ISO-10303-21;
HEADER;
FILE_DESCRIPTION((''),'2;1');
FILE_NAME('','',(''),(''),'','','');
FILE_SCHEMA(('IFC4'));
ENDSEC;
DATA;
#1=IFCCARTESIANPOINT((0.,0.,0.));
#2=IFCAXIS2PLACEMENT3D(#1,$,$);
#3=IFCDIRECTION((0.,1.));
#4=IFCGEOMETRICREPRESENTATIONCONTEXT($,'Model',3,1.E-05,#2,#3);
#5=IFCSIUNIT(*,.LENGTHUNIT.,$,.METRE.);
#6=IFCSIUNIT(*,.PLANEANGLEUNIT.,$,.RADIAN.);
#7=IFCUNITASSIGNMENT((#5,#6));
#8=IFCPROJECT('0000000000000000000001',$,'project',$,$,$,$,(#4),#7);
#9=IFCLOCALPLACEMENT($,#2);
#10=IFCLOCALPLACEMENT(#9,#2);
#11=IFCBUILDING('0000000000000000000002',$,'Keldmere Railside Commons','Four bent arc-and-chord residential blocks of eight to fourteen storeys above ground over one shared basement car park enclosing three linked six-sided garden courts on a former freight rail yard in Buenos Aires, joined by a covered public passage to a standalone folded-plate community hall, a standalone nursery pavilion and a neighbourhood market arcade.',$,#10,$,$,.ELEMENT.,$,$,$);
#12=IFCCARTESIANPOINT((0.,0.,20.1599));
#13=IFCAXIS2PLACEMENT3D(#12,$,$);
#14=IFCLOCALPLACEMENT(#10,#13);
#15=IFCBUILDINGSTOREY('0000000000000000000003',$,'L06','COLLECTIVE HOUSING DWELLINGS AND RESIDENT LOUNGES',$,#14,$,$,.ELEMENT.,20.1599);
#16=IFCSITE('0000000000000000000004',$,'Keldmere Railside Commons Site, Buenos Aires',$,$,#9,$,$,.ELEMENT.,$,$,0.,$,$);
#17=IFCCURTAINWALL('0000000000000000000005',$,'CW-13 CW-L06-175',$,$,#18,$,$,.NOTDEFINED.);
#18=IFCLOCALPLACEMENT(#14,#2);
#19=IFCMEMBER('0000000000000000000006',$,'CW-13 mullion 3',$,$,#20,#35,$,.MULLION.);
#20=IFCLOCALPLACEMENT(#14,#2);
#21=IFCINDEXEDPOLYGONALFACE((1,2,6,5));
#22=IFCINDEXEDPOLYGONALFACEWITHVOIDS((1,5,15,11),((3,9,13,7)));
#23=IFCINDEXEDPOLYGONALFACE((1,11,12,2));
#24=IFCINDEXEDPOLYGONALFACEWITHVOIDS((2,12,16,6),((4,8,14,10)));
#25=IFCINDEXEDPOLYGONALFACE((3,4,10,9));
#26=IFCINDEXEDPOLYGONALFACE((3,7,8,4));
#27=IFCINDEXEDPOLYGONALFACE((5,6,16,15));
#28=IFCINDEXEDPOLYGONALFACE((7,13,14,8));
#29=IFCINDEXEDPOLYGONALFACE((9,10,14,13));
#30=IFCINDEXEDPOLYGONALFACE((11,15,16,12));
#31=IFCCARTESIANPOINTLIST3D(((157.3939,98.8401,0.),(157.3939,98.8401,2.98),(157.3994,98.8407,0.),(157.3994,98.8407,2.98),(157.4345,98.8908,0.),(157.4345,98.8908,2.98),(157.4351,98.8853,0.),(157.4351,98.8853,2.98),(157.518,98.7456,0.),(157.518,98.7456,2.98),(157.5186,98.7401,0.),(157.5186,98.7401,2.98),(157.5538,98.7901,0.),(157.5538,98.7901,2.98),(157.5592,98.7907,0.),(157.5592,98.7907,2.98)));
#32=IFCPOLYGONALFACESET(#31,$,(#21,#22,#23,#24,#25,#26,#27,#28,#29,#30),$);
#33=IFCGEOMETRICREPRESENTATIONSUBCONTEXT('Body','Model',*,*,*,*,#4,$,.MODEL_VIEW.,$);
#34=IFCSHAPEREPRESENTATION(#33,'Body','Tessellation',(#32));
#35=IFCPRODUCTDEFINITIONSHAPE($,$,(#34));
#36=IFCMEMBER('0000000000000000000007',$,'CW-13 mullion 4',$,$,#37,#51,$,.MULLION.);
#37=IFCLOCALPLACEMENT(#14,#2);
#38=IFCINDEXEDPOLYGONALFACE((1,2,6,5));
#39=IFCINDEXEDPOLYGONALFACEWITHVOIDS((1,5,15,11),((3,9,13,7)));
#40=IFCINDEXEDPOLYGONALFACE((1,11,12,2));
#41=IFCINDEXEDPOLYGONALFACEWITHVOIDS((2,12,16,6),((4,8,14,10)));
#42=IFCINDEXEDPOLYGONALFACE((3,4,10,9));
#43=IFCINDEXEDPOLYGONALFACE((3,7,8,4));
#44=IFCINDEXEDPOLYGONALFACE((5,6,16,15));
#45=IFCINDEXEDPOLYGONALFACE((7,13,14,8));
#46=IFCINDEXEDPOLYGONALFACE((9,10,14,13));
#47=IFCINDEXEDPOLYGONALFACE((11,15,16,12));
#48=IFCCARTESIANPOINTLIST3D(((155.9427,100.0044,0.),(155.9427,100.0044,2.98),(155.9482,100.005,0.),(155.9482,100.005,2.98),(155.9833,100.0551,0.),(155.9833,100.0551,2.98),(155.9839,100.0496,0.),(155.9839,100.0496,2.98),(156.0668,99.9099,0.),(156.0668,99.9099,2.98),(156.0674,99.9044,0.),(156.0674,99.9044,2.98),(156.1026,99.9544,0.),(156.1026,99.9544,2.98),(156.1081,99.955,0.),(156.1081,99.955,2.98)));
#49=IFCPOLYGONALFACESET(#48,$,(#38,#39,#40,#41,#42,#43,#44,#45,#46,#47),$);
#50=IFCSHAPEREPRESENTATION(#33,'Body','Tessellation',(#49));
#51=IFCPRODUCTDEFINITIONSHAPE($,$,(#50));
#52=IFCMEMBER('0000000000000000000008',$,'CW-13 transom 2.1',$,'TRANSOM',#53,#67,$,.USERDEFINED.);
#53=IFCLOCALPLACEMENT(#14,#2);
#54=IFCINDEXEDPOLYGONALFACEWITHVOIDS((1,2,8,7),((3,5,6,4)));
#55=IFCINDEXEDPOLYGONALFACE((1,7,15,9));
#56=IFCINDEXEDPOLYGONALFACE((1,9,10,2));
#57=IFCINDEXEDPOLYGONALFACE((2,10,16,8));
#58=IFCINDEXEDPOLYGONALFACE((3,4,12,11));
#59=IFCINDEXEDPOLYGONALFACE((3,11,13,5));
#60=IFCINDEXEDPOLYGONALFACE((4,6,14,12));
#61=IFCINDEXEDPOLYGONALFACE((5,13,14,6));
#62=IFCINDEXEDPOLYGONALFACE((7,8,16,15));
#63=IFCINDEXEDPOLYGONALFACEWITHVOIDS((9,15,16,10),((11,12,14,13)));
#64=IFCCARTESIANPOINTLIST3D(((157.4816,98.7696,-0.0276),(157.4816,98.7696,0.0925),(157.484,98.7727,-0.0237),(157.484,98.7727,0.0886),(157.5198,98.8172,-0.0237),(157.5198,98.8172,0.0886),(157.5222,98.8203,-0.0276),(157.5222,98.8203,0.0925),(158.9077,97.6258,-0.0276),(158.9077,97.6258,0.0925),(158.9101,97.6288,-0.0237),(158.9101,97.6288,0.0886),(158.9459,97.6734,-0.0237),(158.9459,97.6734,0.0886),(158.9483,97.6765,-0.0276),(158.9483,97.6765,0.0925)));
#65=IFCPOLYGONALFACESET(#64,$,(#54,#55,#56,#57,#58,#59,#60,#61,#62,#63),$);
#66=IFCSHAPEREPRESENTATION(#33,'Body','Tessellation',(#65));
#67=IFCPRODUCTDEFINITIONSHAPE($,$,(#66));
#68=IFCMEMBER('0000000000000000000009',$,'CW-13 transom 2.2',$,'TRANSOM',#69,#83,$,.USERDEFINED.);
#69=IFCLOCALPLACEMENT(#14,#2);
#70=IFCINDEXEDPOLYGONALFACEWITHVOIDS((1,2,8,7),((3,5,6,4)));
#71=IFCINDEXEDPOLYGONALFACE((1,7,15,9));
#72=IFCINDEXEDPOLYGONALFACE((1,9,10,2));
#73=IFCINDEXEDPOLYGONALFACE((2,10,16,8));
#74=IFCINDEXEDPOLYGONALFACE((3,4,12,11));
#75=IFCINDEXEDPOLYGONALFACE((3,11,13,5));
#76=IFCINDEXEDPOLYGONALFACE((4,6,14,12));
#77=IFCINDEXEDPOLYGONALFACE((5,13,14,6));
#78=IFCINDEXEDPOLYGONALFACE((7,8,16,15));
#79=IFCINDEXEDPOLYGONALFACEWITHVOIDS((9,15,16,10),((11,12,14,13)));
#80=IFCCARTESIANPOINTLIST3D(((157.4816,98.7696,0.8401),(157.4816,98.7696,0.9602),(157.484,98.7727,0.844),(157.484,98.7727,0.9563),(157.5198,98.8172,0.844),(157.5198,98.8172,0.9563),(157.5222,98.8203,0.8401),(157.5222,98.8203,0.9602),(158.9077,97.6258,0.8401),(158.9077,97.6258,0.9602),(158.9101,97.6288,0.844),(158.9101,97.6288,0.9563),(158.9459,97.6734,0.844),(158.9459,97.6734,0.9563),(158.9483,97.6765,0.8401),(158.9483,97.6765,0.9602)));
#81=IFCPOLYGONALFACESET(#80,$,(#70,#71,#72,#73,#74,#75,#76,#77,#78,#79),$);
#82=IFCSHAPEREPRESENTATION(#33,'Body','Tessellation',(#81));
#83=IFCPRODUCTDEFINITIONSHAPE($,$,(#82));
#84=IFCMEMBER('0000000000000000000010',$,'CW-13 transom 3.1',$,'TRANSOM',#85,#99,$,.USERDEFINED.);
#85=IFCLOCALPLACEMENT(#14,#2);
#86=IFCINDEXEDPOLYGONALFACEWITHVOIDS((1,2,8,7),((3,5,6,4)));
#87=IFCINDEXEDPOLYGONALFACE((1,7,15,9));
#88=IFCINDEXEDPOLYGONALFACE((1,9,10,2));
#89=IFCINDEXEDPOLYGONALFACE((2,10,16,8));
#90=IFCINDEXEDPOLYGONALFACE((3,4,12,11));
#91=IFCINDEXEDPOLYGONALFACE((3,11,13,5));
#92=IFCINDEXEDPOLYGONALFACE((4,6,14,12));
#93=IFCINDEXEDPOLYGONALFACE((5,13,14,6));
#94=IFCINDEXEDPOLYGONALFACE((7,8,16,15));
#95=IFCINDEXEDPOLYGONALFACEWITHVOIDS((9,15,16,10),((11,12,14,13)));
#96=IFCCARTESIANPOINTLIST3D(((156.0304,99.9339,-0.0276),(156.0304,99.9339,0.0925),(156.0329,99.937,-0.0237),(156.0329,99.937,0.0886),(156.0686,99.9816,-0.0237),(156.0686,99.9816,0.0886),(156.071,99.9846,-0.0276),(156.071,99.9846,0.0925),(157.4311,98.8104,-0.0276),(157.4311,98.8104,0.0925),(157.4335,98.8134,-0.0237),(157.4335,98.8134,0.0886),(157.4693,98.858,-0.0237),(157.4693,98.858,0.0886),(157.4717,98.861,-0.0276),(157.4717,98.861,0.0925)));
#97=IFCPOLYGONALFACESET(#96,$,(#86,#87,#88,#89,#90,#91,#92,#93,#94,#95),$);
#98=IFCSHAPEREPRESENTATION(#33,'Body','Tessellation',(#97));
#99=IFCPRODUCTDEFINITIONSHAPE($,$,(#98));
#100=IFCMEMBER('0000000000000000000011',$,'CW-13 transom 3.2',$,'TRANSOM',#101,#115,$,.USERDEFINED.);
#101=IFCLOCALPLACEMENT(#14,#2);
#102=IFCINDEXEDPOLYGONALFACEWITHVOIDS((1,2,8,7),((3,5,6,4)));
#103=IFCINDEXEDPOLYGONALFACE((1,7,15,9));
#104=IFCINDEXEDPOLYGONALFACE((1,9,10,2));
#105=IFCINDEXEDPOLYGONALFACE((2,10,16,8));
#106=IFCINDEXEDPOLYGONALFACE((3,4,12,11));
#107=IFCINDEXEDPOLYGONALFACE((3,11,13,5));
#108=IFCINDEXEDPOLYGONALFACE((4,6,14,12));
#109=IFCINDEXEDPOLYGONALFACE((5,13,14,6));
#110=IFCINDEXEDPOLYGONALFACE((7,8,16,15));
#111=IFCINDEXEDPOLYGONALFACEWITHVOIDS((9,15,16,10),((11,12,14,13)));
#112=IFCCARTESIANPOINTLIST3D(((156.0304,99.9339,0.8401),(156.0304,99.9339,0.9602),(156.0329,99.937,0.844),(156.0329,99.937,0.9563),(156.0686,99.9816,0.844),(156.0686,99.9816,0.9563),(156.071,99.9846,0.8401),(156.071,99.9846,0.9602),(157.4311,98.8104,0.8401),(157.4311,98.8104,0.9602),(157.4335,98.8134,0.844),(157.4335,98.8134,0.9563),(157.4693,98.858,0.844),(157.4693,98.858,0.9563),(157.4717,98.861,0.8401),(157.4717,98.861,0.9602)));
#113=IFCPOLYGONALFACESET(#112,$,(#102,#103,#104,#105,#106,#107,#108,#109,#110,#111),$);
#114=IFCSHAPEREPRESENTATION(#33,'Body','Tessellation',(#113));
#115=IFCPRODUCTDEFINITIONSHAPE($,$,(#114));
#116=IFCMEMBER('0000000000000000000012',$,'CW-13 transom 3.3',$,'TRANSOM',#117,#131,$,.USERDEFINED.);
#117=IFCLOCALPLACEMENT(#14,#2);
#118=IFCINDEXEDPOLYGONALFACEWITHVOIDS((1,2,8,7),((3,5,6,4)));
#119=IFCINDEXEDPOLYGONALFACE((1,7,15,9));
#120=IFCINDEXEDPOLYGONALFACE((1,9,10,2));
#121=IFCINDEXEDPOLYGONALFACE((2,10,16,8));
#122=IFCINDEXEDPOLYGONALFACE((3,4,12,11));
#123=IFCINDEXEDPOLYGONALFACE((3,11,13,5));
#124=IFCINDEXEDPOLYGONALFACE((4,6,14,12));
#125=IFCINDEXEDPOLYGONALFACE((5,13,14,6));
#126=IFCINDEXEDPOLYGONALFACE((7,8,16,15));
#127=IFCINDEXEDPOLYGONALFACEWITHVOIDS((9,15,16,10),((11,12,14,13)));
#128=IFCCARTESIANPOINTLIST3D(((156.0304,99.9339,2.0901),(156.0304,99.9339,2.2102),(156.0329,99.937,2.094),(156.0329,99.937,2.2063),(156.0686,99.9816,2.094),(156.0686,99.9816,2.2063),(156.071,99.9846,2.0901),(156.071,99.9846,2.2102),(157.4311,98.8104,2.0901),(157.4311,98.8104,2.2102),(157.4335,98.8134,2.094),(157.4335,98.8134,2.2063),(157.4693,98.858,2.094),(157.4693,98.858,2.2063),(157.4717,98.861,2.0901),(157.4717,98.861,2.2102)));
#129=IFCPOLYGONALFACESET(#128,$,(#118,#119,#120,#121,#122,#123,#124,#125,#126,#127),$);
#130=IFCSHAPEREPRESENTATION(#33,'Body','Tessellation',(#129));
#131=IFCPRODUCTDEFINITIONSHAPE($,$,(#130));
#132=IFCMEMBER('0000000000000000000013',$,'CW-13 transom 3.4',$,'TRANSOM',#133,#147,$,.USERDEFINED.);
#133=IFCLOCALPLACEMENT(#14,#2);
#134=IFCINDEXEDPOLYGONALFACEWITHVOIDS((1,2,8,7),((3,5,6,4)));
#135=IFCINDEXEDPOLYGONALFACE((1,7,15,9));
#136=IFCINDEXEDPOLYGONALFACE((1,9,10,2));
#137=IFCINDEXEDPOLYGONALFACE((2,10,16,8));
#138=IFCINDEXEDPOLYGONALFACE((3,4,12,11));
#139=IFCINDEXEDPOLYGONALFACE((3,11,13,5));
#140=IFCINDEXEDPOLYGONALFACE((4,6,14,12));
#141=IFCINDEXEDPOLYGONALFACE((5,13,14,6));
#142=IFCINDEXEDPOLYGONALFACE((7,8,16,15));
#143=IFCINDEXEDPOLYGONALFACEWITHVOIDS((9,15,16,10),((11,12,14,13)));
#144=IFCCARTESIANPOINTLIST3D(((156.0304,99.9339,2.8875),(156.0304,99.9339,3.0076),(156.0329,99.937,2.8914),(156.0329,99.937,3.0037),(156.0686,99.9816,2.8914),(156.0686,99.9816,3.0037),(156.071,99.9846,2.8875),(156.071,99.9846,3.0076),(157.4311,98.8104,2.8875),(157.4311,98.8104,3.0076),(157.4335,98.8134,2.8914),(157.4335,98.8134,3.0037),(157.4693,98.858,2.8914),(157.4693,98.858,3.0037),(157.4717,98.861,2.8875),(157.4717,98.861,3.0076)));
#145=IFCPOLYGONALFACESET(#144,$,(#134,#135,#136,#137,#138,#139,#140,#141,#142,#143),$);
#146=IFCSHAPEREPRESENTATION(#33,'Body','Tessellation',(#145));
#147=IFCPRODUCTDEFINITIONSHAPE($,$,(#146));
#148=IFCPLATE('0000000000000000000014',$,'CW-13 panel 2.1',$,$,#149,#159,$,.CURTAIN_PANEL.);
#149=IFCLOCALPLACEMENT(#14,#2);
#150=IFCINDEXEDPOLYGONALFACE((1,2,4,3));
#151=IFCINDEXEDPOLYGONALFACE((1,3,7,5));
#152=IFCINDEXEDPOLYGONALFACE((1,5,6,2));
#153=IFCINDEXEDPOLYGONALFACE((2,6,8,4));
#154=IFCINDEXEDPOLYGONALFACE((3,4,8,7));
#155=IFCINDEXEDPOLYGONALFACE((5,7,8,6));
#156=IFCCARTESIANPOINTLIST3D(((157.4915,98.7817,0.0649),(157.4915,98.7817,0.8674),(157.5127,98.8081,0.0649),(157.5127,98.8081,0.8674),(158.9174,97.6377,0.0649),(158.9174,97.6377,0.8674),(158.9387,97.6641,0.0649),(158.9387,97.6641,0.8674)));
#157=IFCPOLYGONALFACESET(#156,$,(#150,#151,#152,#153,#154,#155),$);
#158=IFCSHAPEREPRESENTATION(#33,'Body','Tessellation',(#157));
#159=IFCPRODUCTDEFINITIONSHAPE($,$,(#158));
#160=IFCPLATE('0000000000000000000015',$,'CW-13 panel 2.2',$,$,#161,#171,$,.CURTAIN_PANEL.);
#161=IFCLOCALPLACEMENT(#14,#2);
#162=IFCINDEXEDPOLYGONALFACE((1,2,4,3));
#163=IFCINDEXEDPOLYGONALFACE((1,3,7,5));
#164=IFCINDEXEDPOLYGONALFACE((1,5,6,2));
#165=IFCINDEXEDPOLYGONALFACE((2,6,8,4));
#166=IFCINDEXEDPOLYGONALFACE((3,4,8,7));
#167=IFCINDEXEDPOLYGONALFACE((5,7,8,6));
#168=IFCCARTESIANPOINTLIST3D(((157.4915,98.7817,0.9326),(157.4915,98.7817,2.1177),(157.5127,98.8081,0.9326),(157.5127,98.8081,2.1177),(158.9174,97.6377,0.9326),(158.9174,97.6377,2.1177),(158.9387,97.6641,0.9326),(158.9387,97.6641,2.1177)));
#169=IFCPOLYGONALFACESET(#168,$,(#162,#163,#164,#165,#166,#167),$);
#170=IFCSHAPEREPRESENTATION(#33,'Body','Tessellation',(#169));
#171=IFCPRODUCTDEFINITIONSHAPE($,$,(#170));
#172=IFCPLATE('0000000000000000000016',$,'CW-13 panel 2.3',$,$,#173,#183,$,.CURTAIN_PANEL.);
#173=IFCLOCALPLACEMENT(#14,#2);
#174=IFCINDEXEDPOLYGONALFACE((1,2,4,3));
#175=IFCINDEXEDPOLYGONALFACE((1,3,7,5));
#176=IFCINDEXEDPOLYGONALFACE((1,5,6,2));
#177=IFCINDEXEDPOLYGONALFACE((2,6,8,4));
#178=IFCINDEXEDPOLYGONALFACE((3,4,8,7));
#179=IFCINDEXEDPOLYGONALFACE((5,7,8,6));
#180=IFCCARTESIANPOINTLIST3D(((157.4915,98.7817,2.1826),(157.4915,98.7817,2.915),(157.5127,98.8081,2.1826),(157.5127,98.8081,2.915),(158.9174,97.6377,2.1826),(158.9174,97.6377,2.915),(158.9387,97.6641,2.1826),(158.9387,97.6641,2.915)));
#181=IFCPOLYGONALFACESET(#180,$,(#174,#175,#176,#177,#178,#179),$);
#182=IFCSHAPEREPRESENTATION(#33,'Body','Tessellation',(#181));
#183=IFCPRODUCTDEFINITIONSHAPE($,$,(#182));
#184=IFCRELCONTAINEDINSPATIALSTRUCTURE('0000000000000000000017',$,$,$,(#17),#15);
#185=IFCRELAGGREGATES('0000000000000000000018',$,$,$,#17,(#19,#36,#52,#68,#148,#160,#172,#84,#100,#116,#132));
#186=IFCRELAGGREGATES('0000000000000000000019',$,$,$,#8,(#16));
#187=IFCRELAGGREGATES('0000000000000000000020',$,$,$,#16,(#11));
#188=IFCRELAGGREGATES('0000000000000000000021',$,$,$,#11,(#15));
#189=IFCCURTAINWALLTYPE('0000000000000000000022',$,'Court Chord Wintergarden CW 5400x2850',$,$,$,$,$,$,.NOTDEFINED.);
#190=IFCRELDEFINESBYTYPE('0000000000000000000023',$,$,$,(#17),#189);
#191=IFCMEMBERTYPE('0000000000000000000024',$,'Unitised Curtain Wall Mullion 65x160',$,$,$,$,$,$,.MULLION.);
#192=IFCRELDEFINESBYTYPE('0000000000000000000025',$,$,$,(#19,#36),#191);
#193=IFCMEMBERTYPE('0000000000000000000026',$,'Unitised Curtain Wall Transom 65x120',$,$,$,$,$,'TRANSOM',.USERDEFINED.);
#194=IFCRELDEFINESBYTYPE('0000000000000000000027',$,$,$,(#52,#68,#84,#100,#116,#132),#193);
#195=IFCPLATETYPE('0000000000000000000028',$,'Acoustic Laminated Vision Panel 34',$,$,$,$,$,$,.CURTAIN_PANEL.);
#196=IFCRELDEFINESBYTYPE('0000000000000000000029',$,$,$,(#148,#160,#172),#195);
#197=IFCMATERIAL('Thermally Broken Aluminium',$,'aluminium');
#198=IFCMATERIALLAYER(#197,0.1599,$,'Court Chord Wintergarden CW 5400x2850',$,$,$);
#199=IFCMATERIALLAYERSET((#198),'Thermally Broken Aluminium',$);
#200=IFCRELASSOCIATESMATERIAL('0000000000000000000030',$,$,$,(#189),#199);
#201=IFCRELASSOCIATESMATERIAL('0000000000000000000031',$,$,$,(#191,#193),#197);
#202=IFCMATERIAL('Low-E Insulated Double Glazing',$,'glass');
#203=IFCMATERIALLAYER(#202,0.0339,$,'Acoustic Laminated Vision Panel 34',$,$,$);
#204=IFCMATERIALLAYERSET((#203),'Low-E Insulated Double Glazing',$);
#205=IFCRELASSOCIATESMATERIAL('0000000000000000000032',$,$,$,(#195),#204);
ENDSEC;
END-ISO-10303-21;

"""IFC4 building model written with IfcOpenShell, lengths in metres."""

from ifc_helpers import new_model, si_unit, direction, frame, origin, origin_2d, place, context, subcontext, project, spatial, rectangle, hollow_rectangle, extrude, material, layer, layer_set, material_profile, profile_set, type_object, element, aggregate, save


model = new_model("IFC4")

# Units and contexts
model_context = context("Model", 3, precision=1e-05, world=origin(), true_north=direction((0.0, 1.0)))
body_context = subcontext(model_context, "Body", "Model", "MODEL_VIEW")
ifc_project = project(units=[si_unit("LENGTHUNIT", "METRE"), si_unit("PLANEANGLEUNIT", "RADIAN")], contexts=[model_context])

# Site, building, storey
site_placement = place(None, origin())
site = spatial("IfcSite", under=ifc_project, at=site_placement, Name="Keldmere Railside Commons Site, Buenos Aires", CompositionType="ELEMENT", RefElevation=0.0)
building_placement = place(site_placement, origin())
building = spatial("IfcBuilding", under=site, at=building_placement, Name="Keldmere Railside Commons", Description="Four bent arc-and-chord residential blocks of eight to fourteen storeys above ground over one shared basement car park enclosing three linked six-sided garden courts on a former freight rail yard in Buenos Aires, joined by a covered public passage to a standalone folded-plate community hall, a standalone nursery pavilion and a neighbourhood market arcade.", CompositionType="ELEMENT")
storey_placement = place(building_placement, frame((0.0, 0.0, 20.1599)))
storey = spatial("IfcBuildingStorey", under=building, at=storey_placement, Name="L06", Description="COLLECTIVE HOUSING DWELLINGS AND RESIDENT LOUNGES", CompositionType="ELEMENT", Elevation=20.1599)

# Curtain wall, members, plates
ifc_material_1 = material(Name="Thermally Broken Aluminium", Category="aluminium")
ifc_layer_1 = layer(ifc_material_1, 0.1599, Name="Court Chord Wintergarden CW 5400x2850")
ifc_layer_set_1 = layer_set([ifc_layer_1], Name="Thermally Broken Aluminium")
curtain_wall_type = type_object("IfcCurtainWallType", Name="Court Chord Wintergarden CW 5400x2850", PredefinedType="NOTDEFINED", material=ifc_layer_set_1)
curtain_wall_placement = place(storey_placement, origin())
curtain_wall = element("IfcCurtainWall", 1, at=curtain_wall_placement, inside=storey, type_object=curtain_wall_type, Name="CW-13 CW-L06-175", PredefinedType="NOTDEFINED")
ifc_material_profile_1 = material_profile(ifc_material_1, hollow_rectangle(XDim=0.0649, YDim=0.1599, WallThickness=0.0039, at=origin_2d()), Name="ALU-MULL-65x160")
ifc_profile_set_1 = profile_set([ifc_material_profile_1], Name="Thermally Broken Aluminium")
member_type_1 = type_object("IfcMemberType", Name="Unitised Curtain Wall Mullion 65x160", PredefinedType="MULLION", material=ifc_profile_set_1)
member_1_placement = place(storey_placement, frame((157.4766, 98.8154, 0.0), z_axis=(0.0, 0.0, 1.0), x_axis=(-0.625768, -0.780009, 0.0)))
member_1 = element("IfcMember", 2, at=member_1_placement, type_object=member_type_1, Name="CW-13 mullion 3", PredefinedType="MULLION", context=body_context, shape_type="SweptSolid", body=[
    extrude(hollow_rectangle(XDim=0.0649, YDim=0.1599, WallThickness=0.0039, at=origin_2d()), origin(), (0.0, 0.0, 1.0), 2.98),
])
member_2_placement = place(storey_placement, frame((156.0254, 99.9797, 0.0), z_axis=(0.0, 0.0, 1.0), x_axis=(-0.625768, -0.780009, 0.0)))
member_2 = element("IfcMember", 3, at=member_2_placement, type_object=member_type_1, Name="CW-13 mullion 4", PredefinedType="MULLION", context=body_context, shape_type="SweptSolid", body=[
    extrude(hollow_rectangle(XDim=0.0649, YDim=0.1599, WallThickness=0.0039, at=origin_2d()), origin(), (0.0, 0.0, 1.0), 2.98),
])
ifc_material_profile_2 = material_profile(ifc_material_1, hollow_rectangle(XDim=0.0649, YDim=0.1201, WallThickness=0.0039, at=origin_2d()), Name="ALU-TRAN-65x120")
ifc_profile_set_2 = profile_set([ifc_material_profile_2], Name="Thermally Broken Aluminium")
member_type_2 = type_object("IfcMemberType", Name="Unitised Curtain Wall Transom 65x120", ElementType="TRANSOM", PredefinedType="USERDEFINED", material=ifc_profile_set_2)
member_3_placement = place(storey_placement, frame((158.928, 97.6511, 0.0325), z_axis=(-0.780073, 0.625688, 0.0), x_axis=(-0.625688, -0.780073, 0.0)))
member_3 = element("IfcMember", 4, at=member_3_placement, type_object=member_type_2, Name="CW-13 transom 2.1", ObjectType="TRANSOM", PredefinedType="USERDEFINED", context=body_context, shape_type="SweptSolid", body=[
    extrude(hollow_rectangle(XDim=0.0649, YDim=0.1201, WallThickness=0.0039, at=origin_2d()), origin(), (0.0, 0.0, 1.0), 1.8281),
])
member_4_placement = place(storey_placement, frame((158.928, 97.6511, 0.9001), z_axis=(-0.780073, 0.625688, 0.0), x_axis=(-0.625688, -0.780073, 0.0)))
member_4 = element("IfcMember", 5, at=member_4_placement, type_object=member_type_2, Name="CW-13 transom 2.2", ObjectType="TRANSOM", PredefinedType="USERDEFINED", context=body_context, shape_type="SweptSolid", body=[
    extrude(hollow_rectangle(XDim=0.0649, YDim=0.1201, WallThickness=0.0039, at=origin_2d()), origin(), (0.0, 0.0, 1.0), 1.8281),
])
member_5_placement = place(storey_placement, frame((157.4514, 98.8357, 0.0325), z_axis=(-0.780046, 0.625723, 0.0), x_axis=(-0.625723, -0.780046, 0.0)))
member_5 = element("IfcMember", 6, at=member_5_placement, type_object=member_type_2, Name="CW-13 transom 3.1", ObjectType="TRANSOM", PredefinedType="USERDEFINED", context=body_context, shape_type="SweptSolid", body=[
    extrude(hollow_rectangle(XDim=0.0649, YDim=0.1201, WallThickness=0.0039, at=origin_2d()), origin(), (0.0, 0.0, 1.0), 1.7957),
])
member_6_placement = place(storey_placement, frame((157.4514, 98.8357, 0.9001), z_axis=(-0.780046, 0.625723, 0.0), x_axis=(-0.625723, -0.780046, 0.0)))
member_6 = element("IfcMember", 7, at=member_6_placement, type_object=member_type_2, Name="CW-13 transom 3.2", ObjectType="TRANSOM", PredefinedType="USERDEFINED", context=body_context, shape_type="SweptSolid", body=[
    extrude(hollow_rectangle(XDim=0.0649, YDim=0.1201, WallThickness=0.0039, at=origin_2d()), origin(), (0.0, 0.0, 1.0), 1.7957),
])
member_7_placement = place(storey_placement, frame((157.4514, 98.8357, 2.1501), z_axis=(-0.780046, 0.625723, 0.0), x_axis=(-0.625723, -0.780046, 0.0)))
member_7 = element("IfcMember", 8, at=member_7_placement, type_object=member_type_2, Name="CW-13 transom 3.3", ObjectType="TRANSOM", PredefinedType="USERDEFINED", context=body_context, shape_type="SweptSolid", body=[
    extrude(hollow_rectangle(XDim=0.0649, YDim=0.1201, WallThickness=0.0039, at=origin_2d()), origin(), (0.0, 0.0, 1.0), 1.7957),
])
member_8_placement = place(storey_placement, frame((157.4514, 98.8357, 2.9475), z_axis=(-0.780046, 0.625723, 0.0), x_axis=(-0.625723, -0.780046, 0.0)))
member_8 = element("IfcMember", 9, at=member_8_placement, type_object=member_type_2, Name="CW-13 transom 3.4", ObjectType="TRANSOM", PredefinedType="USERDEFINED", context=body_context, shape_type="SweptSolid", body=[
    extrude(hollow_rectangle(XDim=0.0649, YDim=0.1201, WallThickness=0.0039, at=origin_2d()), origin(), (0.0, 0.0, 1.0), 1.7957),
])
ifc_material_2 = material(Name="Low-E Insulated Double Glazing", Category="glass")
ifc_layer_2 = layer(ifc_material_2, 0.0339, Name="Acoustic Laminated Vision Panel 34")
ifc_layer_set_2 = layer_set([ifc_layer_2], Name="Low-E Insulated Double Glazing")
plate_type = type_object("IfcPlateType", Name="Acoustic Laminated Vision Panel 34", PredefinedType="CURTAIN_PANEL", material=ifc_layer_set_2)
plate_1_placement = place(storey_placement, frame((158.2151, 98.2229, 0.0649), z_axis=(0.0, 0.0, 1.0), x_axis=(-0.780009, 0.625768, 0.0)))
plate_1 = element("IfcPlate", 10, at=plate_1_placement, type_object=plate_type, Name="CW-13 panel 2.1", PredefinedType="CURTAIN_PANEL", context=body_context, shape_type="SweptSolid", body=[
    extrude(rectangle(XDim=1.8281, YDim=0.0339, at=origin_2d()), origin(), (0.0, 0.0, 1.0), 0.8025),
])
plate_2_placement = place(storey_placement, frame((158.2151, 98.2229, 0.9326), z_axis=(0.0, 0.0, 1.0), x_axis=(-0.780009, 0.625768, 0.0)))
plate_2 = element("IfcPlate", 11, at=plate_2_placement, type_object=plate_type, Name="CW-13 panel 2.2", PredefinedType="CURTAIN_PANEL", context=body_context, shape_type="SweptSolid", body=[
    extrude(rectangle(XDim=1.8281, YDim=0.0339, at=origin_2d()), origin(), (0.0, 0.0, 1.0), 1.1851),
])
plate_3_placement = place(storey_placement, frame((158.2151, 98.2229, 2.1826), z_axis=(0.0, 0.0, 1.0), x_axis=(-0.780009, 0.625768, 0.0)))
plate_3 = element("IfcPlate", 12, at=plate_3_placement, type_object=plate_type, Name="CW-13 panel 2.3", PredefinedType="CURTAIN_PANEL", context=body_context, shape_type="SweptSolid", body=[
    extrude(rectangle(XDim=1.8281, YDim=0.0339, at=origin_2d()), origin(), (0.0, 0.0, 1.0), 0.7324),
])
aggregate(curtain_wall, [member_1, member_2, member_3, member_4, plate_1, plate_2, plate_3, member_5, member_6, member_7, member_8])

save(model, "model.ifc")
